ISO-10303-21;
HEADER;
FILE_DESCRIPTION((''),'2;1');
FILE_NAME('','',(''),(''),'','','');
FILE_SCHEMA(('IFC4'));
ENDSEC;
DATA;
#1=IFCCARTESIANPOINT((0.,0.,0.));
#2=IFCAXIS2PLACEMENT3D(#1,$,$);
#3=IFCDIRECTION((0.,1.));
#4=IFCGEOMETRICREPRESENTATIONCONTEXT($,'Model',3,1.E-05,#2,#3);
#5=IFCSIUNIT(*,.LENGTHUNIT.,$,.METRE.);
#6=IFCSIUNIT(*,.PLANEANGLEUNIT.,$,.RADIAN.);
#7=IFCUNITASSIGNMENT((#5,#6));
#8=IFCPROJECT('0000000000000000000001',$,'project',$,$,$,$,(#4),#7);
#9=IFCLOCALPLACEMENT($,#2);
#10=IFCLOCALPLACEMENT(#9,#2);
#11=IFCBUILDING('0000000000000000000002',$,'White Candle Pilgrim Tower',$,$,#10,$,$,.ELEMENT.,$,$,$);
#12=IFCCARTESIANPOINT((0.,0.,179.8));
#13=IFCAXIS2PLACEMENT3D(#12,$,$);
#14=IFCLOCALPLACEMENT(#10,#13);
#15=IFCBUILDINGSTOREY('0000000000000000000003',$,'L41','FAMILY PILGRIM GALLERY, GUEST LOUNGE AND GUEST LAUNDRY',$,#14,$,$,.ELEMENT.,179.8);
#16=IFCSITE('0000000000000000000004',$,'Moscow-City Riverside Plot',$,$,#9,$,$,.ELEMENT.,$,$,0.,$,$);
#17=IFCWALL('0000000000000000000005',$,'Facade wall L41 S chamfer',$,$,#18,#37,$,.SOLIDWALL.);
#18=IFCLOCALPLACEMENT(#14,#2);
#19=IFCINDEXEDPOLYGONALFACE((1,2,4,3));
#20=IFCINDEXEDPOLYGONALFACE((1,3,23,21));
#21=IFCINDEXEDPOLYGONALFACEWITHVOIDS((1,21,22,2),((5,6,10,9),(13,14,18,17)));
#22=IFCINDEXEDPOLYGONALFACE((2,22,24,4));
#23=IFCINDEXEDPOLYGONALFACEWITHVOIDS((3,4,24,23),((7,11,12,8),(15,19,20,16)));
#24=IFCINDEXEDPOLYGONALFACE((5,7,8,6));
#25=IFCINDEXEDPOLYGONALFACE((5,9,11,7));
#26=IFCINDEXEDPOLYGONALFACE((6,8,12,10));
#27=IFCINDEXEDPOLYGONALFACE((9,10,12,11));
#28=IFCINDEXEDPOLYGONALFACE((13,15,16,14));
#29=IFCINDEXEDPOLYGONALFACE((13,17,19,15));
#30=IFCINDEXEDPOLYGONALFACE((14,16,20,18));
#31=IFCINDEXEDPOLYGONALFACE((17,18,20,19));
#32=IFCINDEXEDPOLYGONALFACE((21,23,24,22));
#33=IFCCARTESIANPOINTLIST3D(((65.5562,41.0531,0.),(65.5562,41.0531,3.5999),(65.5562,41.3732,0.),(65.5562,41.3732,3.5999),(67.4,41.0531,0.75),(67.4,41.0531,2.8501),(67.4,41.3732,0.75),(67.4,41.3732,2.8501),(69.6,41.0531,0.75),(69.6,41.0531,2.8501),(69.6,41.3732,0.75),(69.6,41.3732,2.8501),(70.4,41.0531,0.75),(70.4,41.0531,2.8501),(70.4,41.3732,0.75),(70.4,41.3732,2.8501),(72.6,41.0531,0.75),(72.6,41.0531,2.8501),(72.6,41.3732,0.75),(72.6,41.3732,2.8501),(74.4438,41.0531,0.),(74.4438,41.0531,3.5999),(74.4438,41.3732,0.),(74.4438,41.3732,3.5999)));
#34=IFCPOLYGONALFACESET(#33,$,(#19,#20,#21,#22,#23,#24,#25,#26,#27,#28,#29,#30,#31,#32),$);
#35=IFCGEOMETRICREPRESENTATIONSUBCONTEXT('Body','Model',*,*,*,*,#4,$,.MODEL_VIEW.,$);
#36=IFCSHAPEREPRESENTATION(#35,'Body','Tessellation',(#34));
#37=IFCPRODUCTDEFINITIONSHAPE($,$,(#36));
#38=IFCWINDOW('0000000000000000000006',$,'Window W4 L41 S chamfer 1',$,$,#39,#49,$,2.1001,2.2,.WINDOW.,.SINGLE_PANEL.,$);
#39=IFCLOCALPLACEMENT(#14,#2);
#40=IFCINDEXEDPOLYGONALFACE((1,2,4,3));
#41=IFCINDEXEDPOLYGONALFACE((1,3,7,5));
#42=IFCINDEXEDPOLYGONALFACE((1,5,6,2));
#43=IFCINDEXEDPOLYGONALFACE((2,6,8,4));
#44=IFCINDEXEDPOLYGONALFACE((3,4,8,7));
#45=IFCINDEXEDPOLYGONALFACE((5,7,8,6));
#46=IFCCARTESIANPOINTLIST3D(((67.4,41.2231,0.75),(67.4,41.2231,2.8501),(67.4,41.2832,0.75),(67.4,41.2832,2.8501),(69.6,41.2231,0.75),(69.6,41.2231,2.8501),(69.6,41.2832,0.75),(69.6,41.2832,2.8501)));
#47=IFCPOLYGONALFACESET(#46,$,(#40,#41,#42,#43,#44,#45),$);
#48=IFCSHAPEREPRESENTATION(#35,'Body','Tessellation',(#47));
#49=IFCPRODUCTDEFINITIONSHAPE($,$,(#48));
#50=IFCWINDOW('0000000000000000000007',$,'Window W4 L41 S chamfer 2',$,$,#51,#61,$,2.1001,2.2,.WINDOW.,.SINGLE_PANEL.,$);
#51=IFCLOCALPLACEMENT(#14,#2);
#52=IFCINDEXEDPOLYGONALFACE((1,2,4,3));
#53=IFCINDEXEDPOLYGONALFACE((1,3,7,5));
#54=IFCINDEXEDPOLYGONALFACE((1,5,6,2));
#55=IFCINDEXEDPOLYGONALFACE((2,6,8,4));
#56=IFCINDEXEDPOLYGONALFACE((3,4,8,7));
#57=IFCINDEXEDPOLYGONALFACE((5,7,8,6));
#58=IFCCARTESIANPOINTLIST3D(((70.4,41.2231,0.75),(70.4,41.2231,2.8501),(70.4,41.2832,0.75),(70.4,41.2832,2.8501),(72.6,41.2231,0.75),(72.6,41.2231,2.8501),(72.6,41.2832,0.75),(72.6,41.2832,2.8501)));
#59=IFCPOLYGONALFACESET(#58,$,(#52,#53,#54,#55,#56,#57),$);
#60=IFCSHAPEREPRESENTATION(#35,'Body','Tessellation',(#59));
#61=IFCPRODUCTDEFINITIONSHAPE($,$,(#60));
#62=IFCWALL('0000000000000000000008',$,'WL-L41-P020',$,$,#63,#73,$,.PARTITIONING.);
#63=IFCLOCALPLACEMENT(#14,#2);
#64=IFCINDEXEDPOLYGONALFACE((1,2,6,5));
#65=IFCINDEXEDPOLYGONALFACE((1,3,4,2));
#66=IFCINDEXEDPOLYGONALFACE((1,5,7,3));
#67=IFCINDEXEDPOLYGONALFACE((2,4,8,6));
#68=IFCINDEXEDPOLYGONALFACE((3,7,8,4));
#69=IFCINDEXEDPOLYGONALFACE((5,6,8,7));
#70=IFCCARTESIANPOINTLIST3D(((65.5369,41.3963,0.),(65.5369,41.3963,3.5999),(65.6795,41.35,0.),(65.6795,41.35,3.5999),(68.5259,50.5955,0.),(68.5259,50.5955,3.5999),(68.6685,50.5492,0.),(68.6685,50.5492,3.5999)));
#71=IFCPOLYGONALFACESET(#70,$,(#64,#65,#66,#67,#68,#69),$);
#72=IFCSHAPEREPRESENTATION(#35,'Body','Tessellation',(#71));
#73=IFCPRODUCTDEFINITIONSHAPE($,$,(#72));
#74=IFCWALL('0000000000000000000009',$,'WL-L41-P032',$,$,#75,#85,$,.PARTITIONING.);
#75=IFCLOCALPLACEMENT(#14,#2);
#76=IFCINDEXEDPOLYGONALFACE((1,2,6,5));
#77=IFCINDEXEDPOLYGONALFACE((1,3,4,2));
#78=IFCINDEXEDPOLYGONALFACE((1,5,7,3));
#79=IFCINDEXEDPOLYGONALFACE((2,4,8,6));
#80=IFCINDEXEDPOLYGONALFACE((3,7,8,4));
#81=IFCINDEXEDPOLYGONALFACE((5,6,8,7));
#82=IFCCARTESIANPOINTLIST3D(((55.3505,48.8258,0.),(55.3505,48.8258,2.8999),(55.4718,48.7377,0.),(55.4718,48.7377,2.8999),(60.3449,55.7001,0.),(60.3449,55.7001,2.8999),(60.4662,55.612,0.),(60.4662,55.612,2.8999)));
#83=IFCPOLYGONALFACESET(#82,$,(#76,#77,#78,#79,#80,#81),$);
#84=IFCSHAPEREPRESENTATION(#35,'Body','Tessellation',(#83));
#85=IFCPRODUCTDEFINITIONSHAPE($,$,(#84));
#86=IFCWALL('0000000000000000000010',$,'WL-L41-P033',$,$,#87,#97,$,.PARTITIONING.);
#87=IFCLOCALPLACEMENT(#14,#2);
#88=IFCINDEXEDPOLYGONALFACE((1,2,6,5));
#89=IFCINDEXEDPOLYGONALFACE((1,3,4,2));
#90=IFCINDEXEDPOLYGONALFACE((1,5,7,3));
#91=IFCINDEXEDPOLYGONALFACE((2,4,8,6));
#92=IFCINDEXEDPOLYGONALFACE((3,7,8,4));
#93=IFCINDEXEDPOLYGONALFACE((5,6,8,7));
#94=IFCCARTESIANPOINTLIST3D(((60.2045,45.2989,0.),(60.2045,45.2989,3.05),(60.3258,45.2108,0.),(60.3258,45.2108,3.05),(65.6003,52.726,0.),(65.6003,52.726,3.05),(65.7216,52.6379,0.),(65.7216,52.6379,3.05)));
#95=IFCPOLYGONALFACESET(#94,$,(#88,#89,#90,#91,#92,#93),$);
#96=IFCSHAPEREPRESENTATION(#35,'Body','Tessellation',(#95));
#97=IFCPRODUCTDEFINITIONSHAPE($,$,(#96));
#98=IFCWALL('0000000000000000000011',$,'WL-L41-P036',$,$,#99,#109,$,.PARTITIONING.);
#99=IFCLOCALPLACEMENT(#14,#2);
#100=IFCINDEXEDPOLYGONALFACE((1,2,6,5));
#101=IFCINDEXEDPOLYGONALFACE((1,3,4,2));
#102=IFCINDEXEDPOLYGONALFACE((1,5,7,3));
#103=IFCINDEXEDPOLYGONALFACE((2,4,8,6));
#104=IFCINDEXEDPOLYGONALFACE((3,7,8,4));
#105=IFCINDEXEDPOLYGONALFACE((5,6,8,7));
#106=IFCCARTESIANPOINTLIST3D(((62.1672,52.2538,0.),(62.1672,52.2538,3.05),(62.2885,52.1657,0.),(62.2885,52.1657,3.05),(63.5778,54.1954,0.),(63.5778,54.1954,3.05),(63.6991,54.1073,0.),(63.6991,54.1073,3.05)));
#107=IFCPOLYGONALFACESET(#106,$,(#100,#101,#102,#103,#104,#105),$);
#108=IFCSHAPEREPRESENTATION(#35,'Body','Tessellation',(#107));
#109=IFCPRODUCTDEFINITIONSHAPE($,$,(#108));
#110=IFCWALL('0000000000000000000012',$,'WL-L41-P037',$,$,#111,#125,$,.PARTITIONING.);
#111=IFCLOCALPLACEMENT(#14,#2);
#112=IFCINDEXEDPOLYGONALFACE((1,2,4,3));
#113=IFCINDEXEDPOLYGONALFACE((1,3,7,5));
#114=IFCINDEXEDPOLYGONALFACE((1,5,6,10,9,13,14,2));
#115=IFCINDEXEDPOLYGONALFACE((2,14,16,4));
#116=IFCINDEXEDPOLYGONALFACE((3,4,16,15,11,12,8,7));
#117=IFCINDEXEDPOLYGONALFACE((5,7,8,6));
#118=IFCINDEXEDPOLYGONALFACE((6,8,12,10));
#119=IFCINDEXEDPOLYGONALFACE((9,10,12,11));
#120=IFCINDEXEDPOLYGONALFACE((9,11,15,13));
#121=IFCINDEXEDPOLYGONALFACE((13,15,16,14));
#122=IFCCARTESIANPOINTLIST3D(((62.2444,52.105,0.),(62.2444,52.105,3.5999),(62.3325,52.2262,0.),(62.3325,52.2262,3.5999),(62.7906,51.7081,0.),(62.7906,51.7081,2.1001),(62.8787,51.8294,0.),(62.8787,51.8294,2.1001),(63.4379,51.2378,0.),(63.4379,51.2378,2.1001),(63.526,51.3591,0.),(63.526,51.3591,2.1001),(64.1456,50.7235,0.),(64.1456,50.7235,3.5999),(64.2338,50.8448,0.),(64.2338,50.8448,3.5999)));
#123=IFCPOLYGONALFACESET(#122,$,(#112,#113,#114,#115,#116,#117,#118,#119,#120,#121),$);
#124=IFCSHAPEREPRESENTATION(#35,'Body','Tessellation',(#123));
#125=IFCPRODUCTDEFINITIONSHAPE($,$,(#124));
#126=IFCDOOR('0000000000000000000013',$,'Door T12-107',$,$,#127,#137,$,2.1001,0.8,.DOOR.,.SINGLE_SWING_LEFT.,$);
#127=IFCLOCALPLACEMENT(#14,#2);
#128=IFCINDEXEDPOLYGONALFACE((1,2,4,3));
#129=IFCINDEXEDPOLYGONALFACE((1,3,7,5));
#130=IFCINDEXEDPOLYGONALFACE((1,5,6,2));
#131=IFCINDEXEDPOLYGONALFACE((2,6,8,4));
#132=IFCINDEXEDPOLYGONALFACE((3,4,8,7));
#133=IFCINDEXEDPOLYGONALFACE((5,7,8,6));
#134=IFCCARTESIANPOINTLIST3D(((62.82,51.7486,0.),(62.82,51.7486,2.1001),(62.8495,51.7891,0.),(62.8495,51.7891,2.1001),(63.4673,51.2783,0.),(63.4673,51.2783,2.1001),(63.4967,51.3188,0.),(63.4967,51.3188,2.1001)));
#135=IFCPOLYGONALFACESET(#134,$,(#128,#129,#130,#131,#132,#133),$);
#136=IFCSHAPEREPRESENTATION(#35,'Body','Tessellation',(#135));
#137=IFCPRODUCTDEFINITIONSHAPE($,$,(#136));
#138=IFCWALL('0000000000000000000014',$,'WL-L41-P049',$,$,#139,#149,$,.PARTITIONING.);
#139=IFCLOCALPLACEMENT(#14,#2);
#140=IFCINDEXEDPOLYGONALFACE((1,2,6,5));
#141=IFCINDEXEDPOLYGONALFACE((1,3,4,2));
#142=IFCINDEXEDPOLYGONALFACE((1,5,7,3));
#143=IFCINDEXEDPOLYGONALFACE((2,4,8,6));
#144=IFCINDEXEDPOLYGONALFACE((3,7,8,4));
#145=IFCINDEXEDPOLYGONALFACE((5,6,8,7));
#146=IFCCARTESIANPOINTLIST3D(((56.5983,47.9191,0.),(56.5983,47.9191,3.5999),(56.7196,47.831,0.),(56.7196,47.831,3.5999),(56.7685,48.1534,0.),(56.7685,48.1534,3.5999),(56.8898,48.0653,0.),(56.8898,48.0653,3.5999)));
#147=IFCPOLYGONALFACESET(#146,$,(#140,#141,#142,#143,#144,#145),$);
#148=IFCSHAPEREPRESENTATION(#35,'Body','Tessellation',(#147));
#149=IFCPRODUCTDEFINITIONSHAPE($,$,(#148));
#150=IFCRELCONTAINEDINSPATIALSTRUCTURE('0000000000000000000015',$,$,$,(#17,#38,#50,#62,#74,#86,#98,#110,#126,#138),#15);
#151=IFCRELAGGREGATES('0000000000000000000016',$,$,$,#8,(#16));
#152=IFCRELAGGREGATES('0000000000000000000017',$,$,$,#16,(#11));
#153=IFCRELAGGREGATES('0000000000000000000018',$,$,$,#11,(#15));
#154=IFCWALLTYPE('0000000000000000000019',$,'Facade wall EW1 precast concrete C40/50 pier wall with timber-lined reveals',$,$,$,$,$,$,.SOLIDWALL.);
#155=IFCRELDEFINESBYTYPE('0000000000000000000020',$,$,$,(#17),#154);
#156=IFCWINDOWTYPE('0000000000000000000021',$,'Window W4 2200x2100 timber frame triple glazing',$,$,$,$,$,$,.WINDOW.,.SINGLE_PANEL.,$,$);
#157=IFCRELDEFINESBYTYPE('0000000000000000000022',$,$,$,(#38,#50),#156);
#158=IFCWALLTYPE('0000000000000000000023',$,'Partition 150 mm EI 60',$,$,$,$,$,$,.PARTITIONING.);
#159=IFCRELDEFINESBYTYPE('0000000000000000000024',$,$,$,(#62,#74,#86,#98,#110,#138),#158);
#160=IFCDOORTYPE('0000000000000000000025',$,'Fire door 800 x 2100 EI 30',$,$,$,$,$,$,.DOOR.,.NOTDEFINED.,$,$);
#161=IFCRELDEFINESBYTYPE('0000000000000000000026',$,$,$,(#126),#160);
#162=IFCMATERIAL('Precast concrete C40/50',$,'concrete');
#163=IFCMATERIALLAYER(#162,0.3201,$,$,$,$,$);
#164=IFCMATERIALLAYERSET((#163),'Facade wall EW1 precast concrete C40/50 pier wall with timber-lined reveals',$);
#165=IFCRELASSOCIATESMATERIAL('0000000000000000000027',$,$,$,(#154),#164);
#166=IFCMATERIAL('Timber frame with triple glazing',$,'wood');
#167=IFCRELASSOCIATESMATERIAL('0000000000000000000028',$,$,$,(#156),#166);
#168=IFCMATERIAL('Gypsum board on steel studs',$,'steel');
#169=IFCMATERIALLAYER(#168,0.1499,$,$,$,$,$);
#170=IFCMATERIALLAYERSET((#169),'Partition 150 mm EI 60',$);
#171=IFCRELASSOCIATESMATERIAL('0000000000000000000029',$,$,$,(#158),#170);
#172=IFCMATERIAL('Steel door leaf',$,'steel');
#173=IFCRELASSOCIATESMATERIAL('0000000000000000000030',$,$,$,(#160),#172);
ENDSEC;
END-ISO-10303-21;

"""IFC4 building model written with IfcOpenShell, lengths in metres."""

from ifc_helpers import new_model, si_unit, direction, frame, frame_2d, origin, place, context, subcontext, project, spatial, rectangle, extrude, material, layer, layer_set, type_object, element, fill, save


model = new_model("IFC4")

# Units and contexts
model_context = context("Model", 3, precision=1e-05, world=origin(), true_north=direction((0.0, 1.0)))
body_context = subcontext(model_context, "Body", "Model", "MODEL_VIEW")
ifc_project = project(units=[si_unit("LENGTHUNIT", "METRE"), si_unit("PLANEANGLEUNIT", "RADIAN")], contexts=[model_context])

# Site, building, storey
site_placement = place(None, origin())
site = spatial("IfcSite", under=ifc_project, at=site_placement, Name="Moscow-City Riverside Plot", CompositionType="ELEMENT", RefElevation=0.0)
building_placement = place(site_placement, origin())
building = spatial("IfcBuilding", under=site, at=building_placement, Name="White Candle Pilgrim Tower", CompositionType="ELEMENT")
storey_placement = place(building_placement, frame((0.0, 0.0, 179.8)))
storey = spatial("IfcBuildingStorey", under=building, at=storey_placement, Name="L41", Description="FAMILY PILGRIM GALLERY, GUEST LOUNGE AND GUEST LAUNDRY", CompositionType="ELEMENT", Elevation=179.8)

# Wall, openings, windows
ifc_material_1 = material(Name="Precast concrete C40/50", Category="concrete")
ifc_layer_1 = layer(ifc_material_1, 0.3201)
ifc_layer_set_1 = layer_set([ifc_layer_1], Name="Facade wall EW1 precast concrete C40/50 pier wall with timber-lined reveals")
wall_type_1 = type_object("IfcWallType", Name="Facade wall EW1 precast concrete C40/50 pier wall with timber-lined reveals", PredefinedType="SOLIDWALL", material=ifc_layer_set_1)
wall_1_placement = place(storey_placement, frame((65.5562, 41.2131, 0.0), z_axis=(0.0, 0.0, 1.0), x_axis=(1.0, 0.0, 0.0)))
wall_1 = element("IfcWall", 1, at=wall_1_placement, inside=storey, type_object=wall_type_1, Name="Facade wall L41 S chamfer", PredefinedType="SOLIDWALL", context=body_context, shape_type="SweptSolid", body=[
    extrude(rectangle(XDim=8.8877, YDim=0.3201, at=frame_2d((4.4438, 0.0))), origin(), (0.0, 0.0, 1.0), 3.5999),
])
opening_1_placement = place(wall_1_placement, frame((1.8438, 0.0, 0.75)))
opening_1 = element("IfcOpeningElement", 2, at=opening_1_placement, cuts=wall_1, PredefinedType="OPENING", context=body_context, shape_type="SweptSolid", body=[
    extrude(rectangle(XDim=2.2, YDim=2.1001, at=frame_2d((1.1001, 1.05))), frame((0.0, 0.1699, 0.0), z_axis=(0.0, -1.0, 0.0), x_axis=(1.0, 0.0, 0.0)), (0.0, 0.0, 1.0), 0.3401),
])
opening_2_placement = place(wall_1_placement, frame((4.8438, 0.0, 0.75)))
opening_2 = element("IfcOpeningElement", 3, at=opening_2_placement, cuts=wall_1, PredefinedType="OPENING", context=body_context, shape_type="SweptSolid", body=[
    extrude(rectangle(XDim=2.2, YDim=2.1001, at=frame_2d((1.1001, 1.05))), frame((0.0, 0.1699, 0.0), z_axis=(0.0, -1.0, 0.0), x_axis=(1.0, 0.0, 0.0)), (0.0, 0.0, 1.0), 0.3401),
])
ifc_material_2 = material(Name="Timber frame with triple glazing", Category="wood")
window_type = type_object("IfcWindowType", Name="Window W4 2200x2100 timber frame triple glazing", PartitioningType="SINGLE_PANEL", PredefinedType="WINDOW", material=ifc_material_2)
window_1_placement = place(opening_1_placement, origin())
window_1 = element("IfcWindow", 4, at=window_1_placement, inside=storey, type_object=window_type, Name="Window W4 L41 S chamfer 1", OverallHeight=2.1001, OverallWidth=2.2, PartitioningType="SINGLE_PANEL", PredefinedType="WINDOW", context=body_context, shape_type="SweptSolid", body=[
    extrude(rectangle(XDim=2.2, YDim=2.1001, at=frame_2d((1.1001, 1.05))), frame((0.0, 0.0701, 0.0), z_axis=(0.0, -1.0, 0.0), x_axis=(1.0, 0.0, 0.0)), (0.0, 0.0, 1.0), 0.0601),
])
fill(opening_1, window_1)
window_2_placement = place(opening_2_placement, origin())
window_2 = element("IfcWindow", 5, at=window_2_placement, inside=storey, type_object=window_type, Name="Window W4 L41 S chamfer 2", OverallHeight=2.1001, OverallWidth=2.2, PartitioningType="SINGLE_PANEL", PredefinedType="WINDOW", context=body_context, shape_type="SweptSolid", body=[
    extrude(rectangle(XDim=2.2, YDim=2.1001, at=frame_2d((1.1001, 1.05))), frame((0.0, 0.0701, 0.0), z_axis=(0.0, -1.0, 0.0), x_axis=(1.0, 0.0, 0.0)), (0.0, 0.0, 1.0), 0.0601),
])
fill(opening_2, window_2)

# Walls
ifc_material_3 = material(Name="Gypsum board on steel studs", Category="steel")
ifc_layer_2 = layer(ifc_material_3, 0.1499)
ifc_layer_set_2 = layer_set([ifc_layer_2], Name="Partition 150 mm EI 60")
wall_type_2 = type_object("IfcWallType", Name="Partition 150 mm EI 60", PredefinedType="PARTITIONING", material=ifc_layer_set_2)
wall_2_placement = place(storey_placement, frame((65.6082, 41.373, 0.0), z_axis=(0.0, 0.0, 1.0), x_axis=(0.309018, 0.951056, 0.0)))
element("IfcWall", 6, at=wall_2_placement, inside=storey, type_object=wall_type_2, Name="WL-L41-P020", PredefinedType="PARTITIONING", context=body_context, shape_type="SweptSolid", body=[
    extrude(rectangle(XDim=9.6726, YDim=0.1499, at=frame_2d((4.8364, 0.0))), origin(), (0.0, 0.0, 1.0), 3.5999),
])
wall_3_placement = place(storey_placement, frame((55.4111, 48.7817, 0.0), z_axis=(0.0, 0.0, 1.0), x_axis=(0.58778, 0.809021, 0.0)))
element("IfcWall", 7, at=wall_3_placement, inside=storey, type_object=wall_type_2, Name="WL-L41-P032", PredefinedType="PARTITIONING", context=body_context, shape_type="SweptSolid", body=[
    extrude(rectangle(XDim=8.4971, YDim=0.1499, at=frame_2d((4.2485, 0.0))), origin(), (0.0, 0.0, 1.0), 2.8999),
])
wall_4_placement = place(storey_placement, frame((60.2651, 45.2549, 0.0), z_axis=(0.0, 0.0, 1.0), x_axis=(0.587765, 0.809032, 0.0)))
element("IfcWall", 8, at=wall_4_placement, inside=storey, type_object=wall_type_2, Name="WL-L41-P033", PredefinedType="PARTITIONING", context=body_context, shape_type="SweptSolid", body=[
    extrude(rectangle(XDim=9.1802, YDim=0.1499, at=frame_2d((4.5901, 0.0))), origin(), (0.0, 0.0, 1.0), 3.05),
])
wall_5_placement = place(storey_placement, frame((63.6384, 54.1514, 0.0), z_axis=(0.0, 0.0, 1.0), x_axis=(-0.587772, -0.809026, 0.0)))
element("IfcWall", 9, at=wall_5_placement, inside=storey, type_object=wall_type_2, Name="WL-L41-P036", PredefinedType="PARTITIONING", context=body_context, shape_type="SweptSolid", body=[
    extrude(rectangle(XDim=2.3999, YDim=0.1499, at=frame_2d((1.2, 0.0))), origin(), (0.0, 0.0, 1.0), 3.05),
])

# Wall, opening, door
wall_6_placement = place(storey_placement, frame((64.1897, 50.7842, 0.0), z_axis=(0.0, 0.0, 1.0), x_axis=(-0.808997, 0.587813, 0.0)))
wall_6 = element("IfcWall", 10, at=wall_6_placement, inside=storey, type_object=wall_type_2, Name="WL-L41-P037", PredefinedType="PARTITIONING", context=body_context, shape_type="SweptSolid", body=[
    extrude(rectangle(XDim=2.3501, YDim=0.1499, at=frame_2d((1.175, 0.0))), origin(), (0.0, 0.0, 1.0), 3.5999),
])
opening_3_placement = place(wall_6_placement, frame((0.875, 0.0, 0.0)))
opening_3 = element("IfcOpeningElement", 11, at=opening_3_placement, cuts=wall_6, PredefinedType="OPENING", context=body_context, shape_type="SweptSolid", body=[
    extrude(rectangle(XDim=0.8, YDim=2.1001, at=frame_2d((0.3999, 1.05))), frame((0.0, 0.085, 0.0), z_axis=(0.0, -1.0, 0.0), x_axis=(1.0, 0.0, 0.0)), (0.0, 0.0, 1.0), 0.1699),
])
ifc_material_4 = material(Name="Steel door leaf", Category="steel")
door_type = type_object("IfcDoorType", Name="Fire door 800 x 2100 EI 30", OperationType="NOTDEFINED", PredefinedType="DOOR", material=ifc_material_4)
door_placement = place(opening_3_placement, origin())
door = element("IfcDoor", 12, at=door_placement, inside=storey, type_object=door_type, Name="Door T12-107", OperationType="SINGLE_SWING_LEFT", OverallHeight=2.1001, OverallWidth=0.8, PredefinedType="DOOR", context=body_context, shape_type="SweptSolid", body=[
    extrude(rectangle(XDim=0.8, YDim=2.1001, at=frame_2d((0.3999, 1.05))), frame((0.0, 0.0249, 0.0), z_axis=(0.0, -1.0, 0.0), x_axis=(1.0, 0.0, 0.0)), (0.0, 0.0, 1.0), 0.05),
])
fill(opening_3, door)

# Wall
wall_7_placement = place(storey_placement, frame((56.8291, 48.1094, 0.0), z_axis=(0.0, 0.0, 1.0), x_axis=(-0.58752, -0.80921, 0.0)))
element("IfcWall", 13, at=wall_7_placement, inside=storey, type_object=wall_type_2, Name="WL-L41-P049", PredefinedType="PARTITIONING", context=body_context, shape_type="SweptSolid", body=[
    extrude(rectangle(XDim=0.2896, YDim=0.1499, at=frame_2d((0.1448, 0.0))), origin(), (0.0, 0.0, 1.0), 3.5999),
])

save(model, "model.ifc")
